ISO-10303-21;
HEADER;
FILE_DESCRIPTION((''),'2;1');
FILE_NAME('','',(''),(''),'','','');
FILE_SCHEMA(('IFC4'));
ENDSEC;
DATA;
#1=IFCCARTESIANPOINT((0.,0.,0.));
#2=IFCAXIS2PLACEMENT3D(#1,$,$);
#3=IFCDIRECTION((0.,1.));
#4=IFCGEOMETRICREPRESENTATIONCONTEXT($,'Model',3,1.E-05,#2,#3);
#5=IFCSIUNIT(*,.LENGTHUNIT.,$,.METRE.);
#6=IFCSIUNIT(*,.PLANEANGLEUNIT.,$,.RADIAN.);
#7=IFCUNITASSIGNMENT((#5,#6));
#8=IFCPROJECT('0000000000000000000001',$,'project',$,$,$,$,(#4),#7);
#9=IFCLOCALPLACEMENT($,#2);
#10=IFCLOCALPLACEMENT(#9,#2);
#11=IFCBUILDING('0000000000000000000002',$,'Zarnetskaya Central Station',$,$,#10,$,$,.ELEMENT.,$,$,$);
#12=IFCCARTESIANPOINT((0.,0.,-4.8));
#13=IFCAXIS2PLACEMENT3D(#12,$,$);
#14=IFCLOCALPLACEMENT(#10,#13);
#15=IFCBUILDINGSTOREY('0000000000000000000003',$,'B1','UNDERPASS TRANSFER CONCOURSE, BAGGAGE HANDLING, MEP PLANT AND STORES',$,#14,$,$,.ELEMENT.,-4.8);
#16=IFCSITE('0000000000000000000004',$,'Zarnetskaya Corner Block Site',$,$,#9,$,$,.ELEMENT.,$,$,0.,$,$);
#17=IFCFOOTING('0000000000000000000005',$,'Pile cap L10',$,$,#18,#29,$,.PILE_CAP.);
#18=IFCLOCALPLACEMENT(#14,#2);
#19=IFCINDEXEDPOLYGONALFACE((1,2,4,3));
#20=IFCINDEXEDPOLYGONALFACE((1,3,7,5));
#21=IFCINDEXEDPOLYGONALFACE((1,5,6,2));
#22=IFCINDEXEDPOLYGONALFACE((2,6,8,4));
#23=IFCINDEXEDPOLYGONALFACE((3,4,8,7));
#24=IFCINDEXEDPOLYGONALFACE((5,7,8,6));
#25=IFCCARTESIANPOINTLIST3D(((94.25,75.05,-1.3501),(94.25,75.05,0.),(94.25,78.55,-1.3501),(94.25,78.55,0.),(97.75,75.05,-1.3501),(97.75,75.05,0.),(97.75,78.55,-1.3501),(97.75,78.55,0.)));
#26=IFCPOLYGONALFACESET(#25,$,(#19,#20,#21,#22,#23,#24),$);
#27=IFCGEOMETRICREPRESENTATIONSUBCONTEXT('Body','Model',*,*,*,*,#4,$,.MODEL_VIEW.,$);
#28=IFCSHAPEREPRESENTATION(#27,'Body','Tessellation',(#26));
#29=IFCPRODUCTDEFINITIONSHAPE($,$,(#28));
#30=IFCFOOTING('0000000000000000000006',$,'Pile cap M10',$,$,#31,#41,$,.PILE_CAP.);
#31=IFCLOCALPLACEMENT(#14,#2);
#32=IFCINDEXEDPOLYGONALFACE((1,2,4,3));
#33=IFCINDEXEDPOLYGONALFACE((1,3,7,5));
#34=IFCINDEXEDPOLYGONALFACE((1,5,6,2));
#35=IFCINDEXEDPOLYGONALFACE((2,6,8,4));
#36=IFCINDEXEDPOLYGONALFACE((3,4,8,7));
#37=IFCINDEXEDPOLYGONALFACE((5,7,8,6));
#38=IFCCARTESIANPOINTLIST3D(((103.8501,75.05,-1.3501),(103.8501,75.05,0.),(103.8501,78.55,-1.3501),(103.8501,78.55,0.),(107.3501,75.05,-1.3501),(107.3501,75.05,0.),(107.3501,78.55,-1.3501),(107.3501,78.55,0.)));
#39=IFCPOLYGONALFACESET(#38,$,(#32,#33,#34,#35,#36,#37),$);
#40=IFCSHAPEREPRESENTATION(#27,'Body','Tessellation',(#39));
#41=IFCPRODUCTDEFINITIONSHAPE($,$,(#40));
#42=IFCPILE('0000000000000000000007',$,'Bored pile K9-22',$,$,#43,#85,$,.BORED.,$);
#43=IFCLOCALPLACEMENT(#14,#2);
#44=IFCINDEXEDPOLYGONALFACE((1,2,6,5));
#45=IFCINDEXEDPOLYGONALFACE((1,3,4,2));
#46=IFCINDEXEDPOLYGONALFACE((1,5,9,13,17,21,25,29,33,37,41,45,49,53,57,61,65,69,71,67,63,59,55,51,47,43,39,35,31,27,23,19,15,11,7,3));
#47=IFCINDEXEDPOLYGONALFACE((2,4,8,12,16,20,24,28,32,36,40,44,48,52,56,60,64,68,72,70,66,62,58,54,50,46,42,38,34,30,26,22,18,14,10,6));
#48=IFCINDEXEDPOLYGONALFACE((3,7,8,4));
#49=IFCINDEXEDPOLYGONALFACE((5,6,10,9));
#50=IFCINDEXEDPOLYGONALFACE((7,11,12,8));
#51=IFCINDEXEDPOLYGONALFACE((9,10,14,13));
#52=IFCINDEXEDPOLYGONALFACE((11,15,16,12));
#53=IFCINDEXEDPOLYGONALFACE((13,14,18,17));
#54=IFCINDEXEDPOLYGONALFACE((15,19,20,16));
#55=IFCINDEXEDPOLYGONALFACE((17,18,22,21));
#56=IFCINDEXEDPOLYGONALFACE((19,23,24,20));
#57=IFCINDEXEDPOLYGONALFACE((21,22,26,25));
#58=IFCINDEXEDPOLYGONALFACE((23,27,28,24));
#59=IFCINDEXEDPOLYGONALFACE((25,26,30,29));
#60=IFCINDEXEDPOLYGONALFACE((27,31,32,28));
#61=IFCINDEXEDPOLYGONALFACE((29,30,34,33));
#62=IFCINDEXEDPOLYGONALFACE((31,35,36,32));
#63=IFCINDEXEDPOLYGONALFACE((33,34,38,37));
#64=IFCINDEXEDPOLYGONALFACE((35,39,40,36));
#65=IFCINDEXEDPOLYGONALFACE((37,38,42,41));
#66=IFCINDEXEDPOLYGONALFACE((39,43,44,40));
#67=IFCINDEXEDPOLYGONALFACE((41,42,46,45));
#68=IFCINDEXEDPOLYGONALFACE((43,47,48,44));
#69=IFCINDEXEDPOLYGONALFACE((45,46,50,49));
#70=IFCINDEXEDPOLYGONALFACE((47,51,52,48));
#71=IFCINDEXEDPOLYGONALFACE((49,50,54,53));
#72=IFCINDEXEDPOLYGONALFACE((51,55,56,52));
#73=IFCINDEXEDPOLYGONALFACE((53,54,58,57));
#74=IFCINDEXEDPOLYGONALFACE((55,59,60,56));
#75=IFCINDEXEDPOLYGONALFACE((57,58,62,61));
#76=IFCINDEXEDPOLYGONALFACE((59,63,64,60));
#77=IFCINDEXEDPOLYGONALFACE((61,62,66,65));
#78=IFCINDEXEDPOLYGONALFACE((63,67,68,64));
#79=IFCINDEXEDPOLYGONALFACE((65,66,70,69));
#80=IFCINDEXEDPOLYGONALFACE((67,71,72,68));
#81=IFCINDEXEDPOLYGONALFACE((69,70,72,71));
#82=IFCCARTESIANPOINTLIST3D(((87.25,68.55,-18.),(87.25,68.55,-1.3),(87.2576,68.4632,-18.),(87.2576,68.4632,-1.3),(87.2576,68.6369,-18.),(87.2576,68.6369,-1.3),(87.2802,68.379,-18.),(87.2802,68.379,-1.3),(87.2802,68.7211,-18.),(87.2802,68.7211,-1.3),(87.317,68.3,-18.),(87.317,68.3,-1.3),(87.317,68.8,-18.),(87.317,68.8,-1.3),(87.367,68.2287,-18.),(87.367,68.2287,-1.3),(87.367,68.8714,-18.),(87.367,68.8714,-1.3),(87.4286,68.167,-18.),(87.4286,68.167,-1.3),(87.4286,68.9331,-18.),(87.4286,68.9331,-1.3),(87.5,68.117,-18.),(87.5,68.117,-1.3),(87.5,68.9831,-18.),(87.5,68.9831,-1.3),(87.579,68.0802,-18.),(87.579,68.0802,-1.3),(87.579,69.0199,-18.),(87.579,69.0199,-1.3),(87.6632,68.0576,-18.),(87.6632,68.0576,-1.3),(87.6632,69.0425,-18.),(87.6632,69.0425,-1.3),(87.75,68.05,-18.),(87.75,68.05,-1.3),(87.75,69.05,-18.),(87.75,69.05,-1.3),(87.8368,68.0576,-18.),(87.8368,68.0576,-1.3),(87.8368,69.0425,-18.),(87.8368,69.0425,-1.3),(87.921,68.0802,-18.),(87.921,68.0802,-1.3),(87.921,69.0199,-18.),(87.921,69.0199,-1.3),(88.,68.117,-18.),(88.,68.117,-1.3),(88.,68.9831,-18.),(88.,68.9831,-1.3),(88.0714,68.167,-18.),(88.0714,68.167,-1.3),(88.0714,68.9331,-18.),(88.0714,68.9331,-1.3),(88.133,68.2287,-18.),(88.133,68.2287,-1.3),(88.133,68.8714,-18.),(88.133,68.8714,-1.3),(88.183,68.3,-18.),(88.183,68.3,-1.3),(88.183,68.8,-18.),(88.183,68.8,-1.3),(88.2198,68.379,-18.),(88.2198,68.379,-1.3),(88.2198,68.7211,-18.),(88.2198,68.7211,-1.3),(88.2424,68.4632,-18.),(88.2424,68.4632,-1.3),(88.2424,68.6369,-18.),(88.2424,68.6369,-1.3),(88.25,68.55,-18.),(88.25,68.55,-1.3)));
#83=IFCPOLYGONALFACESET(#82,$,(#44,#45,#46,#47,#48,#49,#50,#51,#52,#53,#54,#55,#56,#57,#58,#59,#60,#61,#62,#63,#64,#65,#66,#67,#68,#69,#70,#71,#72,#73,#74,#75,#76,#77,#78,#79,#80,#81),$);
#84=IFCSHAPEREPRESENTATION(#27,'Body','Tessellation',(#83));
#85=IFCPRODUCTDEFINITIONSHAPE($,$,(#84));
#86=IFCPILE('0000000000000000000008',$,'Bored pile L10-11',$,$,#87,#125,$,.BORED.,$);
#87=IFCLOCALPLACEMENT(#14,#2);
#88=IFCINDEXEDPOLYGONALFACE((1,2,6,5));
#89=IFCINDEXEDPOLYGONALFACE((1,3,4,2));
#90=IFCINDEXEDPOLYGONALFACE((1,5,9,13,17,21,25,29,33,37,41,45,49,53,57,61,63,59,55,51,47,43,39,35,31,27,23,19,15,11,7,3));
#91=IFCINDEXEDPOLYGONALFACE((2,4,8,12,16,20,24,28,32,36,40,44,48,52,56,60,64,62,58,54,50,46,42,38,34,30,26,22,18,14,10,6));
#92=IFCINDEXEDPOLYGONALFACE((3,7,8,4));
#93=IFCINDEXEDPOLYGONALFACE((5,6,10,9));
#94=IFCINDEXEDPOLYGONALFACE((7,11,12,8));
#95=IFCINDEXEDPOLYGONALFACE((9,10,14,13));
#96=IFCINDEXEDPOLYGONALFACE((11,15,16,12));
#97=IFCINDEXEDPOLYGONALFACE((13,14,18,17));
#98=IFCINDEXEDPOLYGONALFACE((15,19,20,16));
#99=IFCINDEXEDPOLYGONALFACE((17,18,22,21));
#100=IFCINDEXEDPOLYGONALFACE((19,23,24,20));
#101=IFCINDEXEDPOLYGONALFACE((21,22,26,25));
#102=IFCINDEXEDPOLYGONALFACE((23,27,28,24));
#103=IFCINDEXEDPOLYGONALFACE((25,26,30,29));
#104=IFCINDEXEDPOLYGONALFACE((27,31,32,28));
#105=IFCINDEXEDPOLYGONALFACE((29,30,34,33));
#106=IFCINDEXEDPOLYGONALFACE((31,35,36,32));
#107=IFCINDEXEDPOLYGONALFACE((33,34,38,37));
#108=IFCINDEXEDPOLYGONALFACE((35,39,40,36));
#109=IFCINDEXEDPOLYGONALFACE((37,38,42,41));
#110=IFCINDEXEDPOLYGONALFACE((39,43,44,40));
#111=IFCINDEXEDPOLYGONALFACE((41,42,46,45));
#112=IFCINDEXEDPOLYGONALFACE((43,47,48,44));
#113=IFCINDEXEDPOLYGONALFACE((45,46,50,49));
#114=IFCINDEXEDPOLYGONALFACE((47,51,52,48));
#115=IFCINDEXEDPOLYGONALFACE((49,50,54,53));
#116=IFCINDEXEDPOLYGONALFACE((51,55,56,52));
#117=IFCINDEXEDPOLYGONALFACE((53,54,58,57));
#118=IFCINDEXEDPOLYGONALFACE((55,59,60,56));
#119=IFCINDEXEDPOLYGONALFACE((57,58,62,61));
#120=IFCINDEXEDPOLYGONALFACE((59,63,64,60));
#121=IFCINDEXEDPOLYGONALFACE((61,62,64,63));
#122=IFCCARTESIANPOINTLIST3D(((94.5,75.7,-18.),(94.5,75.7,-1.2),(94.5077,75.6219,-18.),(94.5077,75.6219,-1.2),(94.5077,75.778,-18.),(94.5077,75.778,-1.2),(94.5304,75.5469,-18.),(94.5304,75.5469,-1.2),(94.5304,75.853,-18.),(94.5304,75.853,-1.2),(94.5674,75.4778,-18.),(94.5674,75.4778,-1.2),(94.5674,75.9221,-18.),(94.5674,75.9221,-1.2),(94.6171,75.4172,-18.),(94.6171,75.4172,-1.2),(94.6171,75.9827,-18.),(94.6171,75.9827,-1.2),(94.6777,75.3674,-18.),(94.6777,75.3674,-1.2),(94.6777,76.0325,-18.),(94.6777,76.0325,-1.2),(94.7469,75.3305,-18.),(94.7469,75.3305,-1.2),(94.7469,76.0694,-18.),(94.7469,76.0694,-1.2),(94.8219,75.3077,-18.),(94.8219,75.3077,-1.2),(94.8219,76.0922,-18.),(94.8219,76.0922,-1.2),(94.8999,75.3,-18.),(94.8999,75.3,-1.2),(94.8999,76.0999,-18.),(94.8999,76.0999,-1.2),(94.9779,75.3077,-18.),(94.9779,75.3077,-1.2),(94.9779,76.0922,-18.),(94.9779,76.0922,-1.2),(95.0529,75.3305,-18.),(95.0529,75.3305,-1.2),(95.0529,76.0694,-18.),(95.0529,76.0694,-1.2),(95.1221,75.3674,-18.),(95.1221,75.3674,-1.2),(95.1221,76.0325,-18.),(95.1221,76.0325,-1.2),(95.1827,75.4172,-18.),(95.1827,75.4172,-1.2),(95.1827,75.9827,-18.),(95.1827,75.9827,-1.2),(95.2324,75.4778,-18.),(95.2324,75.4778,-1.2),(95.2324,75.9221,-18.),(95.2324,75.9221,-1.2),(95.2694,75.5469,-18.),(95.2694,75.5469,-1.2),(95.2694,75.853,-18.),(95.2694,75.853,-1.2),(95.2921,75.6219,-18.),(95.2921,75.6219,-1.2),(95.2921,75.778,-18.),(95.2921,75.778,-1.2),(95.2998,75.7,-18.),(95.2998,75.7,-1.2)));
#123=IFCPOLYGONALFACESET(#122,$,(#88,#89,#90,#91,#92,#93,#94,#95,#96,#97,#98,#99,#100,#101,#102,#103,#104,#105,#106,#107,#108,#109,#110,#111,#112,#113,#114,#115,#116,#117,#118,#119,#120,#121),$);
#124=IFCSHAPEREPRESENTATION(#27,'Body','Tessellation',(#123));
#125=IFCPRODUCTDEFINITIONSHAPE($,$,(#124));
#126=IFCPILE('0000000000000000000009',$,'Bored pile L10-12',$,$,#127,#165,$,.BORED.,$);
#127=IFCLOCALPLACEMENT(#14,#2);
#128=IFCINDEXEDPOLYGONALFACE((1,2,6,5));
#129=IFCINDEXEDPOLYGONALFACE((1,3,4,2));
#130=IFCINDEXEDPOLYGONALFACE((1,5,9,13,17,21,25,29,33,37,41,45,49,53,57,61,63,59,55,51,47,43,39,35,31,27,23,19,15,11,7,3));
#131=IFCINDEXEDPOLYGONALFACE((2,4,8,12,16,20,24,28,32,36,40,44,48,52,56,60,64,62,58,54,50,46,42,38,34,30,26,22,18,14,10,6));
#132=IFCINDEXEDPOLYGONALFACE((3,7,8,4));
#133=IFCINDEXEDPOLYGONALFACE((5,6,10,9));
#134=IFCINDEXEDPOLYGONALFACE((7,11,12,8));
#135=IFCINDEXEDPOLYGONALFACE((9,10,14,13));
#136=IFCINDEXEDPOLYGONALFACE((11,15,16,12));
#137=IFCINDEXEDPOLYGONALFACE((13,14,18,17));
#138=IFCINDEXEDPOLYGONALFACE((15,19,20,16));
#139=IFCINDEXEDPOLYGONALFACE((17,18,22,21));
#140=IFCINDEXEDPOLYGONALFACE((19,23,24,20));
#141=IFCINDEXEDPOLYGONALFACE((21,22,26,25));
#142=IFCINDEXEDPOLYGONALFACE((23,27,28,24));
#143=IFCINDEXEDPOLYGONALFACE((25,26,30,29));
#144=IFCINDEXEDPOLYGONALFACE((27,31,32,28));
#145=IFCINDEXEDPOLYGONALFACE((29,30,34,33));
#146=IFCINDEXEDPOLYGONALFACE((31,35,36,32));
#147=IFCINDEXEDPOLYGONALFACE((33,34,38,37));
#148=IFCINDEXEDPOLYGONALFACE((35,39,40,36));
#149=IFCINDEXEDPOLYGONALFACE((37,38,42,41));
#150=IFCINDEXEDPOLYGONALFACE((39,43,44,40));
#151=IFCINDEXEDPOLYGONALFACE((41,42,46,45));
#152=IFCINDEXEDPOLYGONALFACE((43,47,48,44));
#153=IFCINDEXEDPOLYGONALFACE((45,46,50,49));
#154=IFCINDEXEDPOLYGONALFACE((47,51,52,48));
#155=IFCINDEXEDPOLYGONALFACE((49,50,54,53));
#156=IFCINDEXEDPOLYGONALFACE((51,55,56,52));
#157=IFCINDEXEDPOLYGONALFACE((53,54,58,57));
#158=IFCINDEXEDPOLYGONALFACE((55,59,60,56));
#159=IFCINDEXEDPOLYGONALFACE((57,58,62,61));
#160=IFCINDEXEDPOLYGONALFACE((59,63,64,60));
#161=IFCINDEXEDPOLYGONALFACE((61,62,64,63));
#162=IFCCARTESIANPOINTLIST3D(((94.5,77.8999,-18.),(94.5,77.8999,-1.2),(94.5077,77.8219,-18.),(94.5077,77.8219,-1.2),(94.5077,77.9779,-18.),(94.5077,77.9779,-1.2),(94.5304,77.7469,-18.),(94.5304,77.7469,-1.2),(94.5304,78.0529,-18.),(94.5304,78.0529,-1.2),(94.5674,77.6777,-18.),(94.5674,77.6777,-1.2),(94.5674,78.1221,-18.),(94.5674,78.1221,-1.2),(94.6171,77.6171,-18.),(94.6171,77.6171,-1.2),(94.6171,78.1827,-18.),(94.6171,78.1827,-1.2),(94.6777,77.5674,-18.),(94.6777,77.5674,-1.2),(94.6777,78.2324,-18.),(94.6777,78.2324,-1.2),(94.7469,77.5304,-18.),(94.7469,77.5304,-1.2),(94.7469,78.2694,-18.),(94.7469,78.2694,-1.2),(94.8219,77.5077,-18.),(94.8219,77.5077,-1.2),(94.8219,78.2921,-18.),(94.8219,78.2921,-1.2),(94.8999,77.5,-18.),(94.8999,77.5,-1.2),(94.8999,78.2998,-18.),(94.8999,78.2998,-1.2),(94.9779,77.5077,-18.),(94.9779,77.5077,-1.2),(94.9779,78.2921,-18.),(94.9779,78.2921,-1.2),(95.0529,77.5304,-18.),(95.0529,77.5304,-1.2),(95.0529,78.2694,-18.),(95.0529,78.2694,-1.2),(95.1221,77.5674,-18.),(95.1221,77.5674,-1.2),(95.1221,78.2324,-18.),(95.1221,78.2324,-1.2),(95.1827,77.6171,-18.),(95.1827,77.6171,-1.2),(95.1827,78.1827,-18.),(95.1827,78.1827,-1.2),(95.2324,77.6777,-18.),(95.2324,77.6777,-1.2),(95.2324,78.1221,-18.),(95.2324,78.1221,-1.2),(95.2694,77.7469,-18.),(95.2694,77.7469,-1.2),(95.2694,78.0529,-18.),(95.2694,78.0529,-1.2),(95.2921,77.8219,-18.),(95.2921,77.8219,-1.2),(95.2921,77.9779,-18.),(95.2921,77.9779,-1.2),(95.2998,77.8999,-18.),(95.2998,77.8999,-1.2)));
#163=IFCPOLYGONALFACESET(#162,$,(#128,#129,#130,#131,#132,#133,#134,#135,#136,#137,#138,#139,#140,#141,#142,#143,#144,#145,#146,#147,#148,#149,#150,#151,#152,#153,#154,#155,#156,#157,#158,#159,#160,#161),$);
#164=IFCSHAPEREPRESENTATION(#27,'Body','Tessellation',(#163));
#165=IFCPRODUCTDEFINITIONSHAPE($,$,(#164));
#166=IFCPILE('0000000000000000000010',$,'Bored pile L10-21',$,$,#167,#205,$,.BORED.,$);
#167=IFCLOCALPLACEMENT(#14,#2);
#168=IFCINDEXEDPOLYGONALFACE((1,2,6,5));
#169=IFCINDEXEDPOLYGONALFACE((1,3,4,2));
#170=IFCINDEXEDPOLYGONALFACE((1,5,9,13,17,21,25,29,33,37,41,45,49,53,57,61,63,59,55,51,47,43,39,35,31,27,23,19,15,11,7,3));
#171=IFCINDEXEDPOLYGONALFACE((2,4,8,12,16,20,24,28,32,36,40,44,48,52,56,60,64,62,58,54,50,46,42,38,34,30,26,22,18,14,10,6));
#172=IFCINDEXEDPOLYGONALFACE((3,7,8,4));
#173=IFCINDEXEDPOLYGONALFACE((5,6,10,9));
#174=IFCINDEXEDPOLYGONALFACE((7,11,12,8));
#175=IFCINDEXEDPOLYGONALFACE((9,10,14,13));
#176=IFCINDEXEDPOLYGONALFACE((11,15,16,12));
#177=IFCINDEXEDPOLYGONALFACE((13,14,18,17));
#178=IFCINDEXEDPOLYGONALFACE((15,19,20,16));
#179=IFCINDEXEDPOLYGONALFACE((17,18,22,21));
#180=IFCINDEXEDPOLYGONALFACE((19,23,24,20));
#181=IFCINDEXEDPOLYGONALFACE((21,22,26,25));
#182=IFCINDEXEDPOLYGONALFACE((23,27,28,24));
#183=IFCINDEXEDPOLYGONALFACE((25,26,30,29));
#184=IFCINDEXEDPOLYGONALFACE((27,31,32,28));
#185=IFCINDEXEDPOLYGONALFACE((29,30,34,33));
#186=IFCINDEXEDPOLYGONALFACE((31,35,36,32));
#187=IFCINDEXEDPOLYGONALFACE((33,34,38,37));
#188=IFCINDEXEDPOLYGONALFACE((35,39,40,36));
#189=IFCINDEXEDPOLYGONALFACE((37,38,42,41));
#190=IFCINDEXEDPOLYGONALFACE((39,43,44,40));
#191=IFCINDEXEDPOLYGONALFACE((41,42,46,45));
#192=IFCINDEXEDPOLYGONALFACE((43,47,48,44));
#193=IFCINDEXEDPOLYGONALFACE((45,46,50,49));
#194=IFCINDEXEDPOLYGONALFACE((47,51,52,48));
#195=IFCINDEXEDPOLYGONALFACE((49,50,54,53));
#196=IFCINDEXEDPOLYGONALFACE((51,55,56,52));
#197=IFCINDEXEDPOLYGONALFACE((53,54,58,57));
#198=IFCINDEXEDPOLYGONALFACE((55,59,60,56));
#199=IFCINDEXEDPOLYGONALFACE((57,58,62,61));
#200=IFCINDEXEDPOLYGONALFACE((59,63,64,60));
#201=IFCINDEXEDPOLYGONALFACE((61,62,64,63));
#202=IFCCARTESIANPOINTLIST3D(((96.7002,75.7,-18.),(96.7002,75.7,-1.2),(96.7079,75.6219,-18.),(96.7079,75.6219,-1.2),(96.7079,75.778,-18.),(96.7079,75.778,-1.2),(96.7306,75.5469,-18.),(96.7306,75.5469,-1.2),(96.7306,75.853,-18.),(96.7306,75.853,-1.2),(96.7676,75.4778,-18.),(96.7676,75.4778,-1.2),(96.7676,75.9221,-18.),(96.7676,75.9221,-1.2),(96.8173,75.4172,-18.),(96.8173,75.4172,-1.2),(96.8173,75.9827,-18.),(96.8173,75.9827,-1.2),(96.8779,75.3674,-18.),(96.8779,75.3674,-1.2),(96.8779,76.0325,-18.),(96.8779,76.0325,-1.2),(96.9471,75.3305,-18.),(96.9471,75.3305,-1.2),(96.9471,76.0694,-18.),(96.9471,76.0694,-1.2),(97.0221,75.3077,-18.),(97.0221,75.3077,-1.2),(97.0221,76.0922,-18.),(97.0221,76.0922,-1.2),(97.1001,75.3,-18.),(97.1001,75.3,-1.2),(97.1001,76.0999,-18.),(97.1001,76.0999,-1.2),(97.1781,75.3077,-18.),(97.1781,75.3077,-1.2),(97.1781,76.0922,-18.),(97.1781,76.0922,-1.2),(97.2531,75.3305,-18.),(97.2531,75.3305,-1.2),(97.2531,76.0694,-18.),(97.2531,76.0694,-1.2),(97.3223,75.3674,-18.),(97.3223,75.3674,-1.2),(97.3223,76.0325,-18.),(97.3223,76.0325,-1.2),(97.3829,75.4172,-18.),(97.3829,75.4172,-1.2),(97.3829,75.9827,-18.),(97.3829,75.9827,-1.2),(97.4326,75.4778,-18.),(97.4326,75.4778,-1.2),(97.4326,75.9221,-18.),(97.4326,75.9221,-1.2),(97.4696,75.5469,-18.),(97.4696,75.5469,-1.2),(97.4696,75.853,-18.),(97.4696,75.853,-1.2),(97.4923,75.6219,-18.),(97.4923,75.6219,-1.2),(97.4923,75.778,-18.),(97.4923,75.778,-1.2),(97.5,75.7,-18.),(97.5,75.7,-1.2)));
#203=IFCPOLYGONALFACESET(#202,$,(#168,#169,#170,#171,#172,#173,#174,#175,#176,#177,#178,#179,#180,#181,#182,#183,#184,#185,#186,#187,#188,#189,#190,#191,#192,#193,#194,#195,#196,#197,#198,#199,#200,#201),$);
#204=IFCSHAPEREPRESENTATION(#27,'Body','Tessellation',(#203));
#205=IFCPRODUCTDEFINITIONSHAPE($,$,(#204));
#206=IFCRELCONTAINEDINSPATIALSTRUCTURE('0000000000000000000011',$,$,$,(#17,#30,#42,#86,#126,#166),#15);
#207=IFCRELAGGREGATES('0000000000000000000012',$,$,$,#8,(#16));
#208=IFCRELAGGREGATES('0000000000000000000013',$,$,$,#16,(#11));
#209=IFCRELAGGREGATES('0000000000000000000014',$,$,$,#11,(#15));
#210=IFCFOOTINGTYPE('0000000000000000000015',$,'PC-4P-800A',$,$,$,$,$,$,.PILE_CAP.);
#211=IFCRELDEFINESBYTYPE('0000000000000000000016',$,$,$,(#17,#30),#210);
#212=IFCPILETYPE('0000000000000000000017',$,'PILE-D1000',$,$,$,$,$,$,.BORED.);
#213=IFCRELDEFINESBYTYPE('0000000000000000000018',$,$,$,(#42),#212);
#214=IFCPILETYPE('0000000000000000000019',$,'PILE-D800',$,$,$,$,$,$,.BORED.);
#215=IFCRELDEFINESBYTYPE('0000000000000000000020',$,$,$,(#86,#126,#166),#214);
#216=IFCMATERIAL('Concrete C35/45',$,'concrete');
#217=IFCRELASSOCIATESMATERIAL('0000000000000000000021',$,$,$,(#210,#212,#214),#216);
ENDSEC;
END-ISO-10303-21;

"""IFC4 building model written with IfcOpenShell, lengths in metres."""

from ifc_helpers import new_model, si_unit, direction, frame, origin, origin_2d, place, context, subcontext, project, spatial, rectangle, circle, extrude, material, material_profile, profile_set, type_object, element, save


model = new_model("IFC4")

# Units and contexts
model_context = context("Model", 3, precision=1e-05, world=origin(), true_north=direction((0.0, 1.0)))
body_context = subcontext(model_context, "Body", "Model", "MODEL_VIEW")
ifc_project = project(units=[si_unit("LENGTHUNIT", "METRE"), si_unit("PLANEANGLEUNIT", "RADIAN")], contexts=[model_context])

# Site, building, storey
site_placement = place(None, origin())
site = spatial("IfcSite", under=ifc_project, at=site_placement, Name="Zarnetskaya Corner Block Site", CompositionType="ELEMENT", RefElevation=0.0)
building_placement = place(site_placement, origin())
building = spatial("IfcBuilding", under=site, at=building_placement, Name="Zarnetskaya Central Station", CompositionType="ELEMENT")
storey_placement = place(building_placement, frame((0.0, 0.0, -4.8)))
storey = spatial("IfcBuildingStorey", under=building, at=storey_placement, Name="B1", Description="UNDERPASS TRANSFER CONCOURSE, BAGGAGE HANDLING, MEP PLANT AND STORES", CompositionType="ELEMENT", Elevation=-4.8)

# Footings
ifc_material_1 = material(Name="Concrete C35/45", Category="concrete")
footing_type = type_object("IfcFootingType", Name="PC-4P-800A", PredefinedType="PILE_CAP", material=ifc_material_1)
for number, where, z_axis, x_axis, name in (
    (1, (96.0, 76.8, -1.3501), (0.0, 0.0, 1.0), (1.0, 0.0, 0.0), "Pile cap L10"),
    (2, (105.6001, 76.8, -1.3501), (0.0, 0.0, 1.0), (1.0, 0.0, 0.0), "Pile cap M10"),
):
    element("IfcFooting", number, at=place(storey_placement, frame(where, z_axis=z_axis, x_axis=x_axis)), inside=storey, type_object=footing_type, Name=name, PredefinedType="PILE_CAP", context=body_context, shape_type="SweptSolid", body=[
        extrude(rectangle(XDim=3.5, YDim=3.5, at=origin_2d()), origin(), (0.0, 0.0, 1.0), 1.3501),
    ])

# Piles
ifc_material_profile_1 = material_profile(ifc_material_1, circle(Radius=0.5, at=origin_2d()), Name="BORED PILE D1000")
ifc_profile_set_1 = profile_set([ifc_material_profile_1], Name="Concrete C35/45")
pile_type_1 = type_object("IfcPileType", Name="PILE-D1000", PredefinedType="BORED", material=ifc_profile_set_1)
pile_placement = place(storey_placement, frame((87.75, 68.55, -1.3), z_axis=(0.0, 0.0, -1.0), x_axis=(1.0, 0.0, 0.0)))
element("IfcPile", 3, at=pile_placement, inside=storey, type_object=pile_type_1, Name="Bored pile K9-22", PredefinedType="BORED", context=body_context, shape_type="SweptSolid", body=[
    extrude(circle(Radius=0.5, at=origin_2d()), origin(), (0.0, 0.0, 1.0), 16.7),
])
ifc_material_profile_2 = material_profile(ifc_material_1, circle(Radius=0.3999, at=origin_2d()), Name="BORED PILE D800")
ifc_profile_set_2 = profile_set([ifc_material_profile_2], Name="Concrete C35/45")
pile_type_2 = type_object("IfcPileType", Name="PILE-D800", PredefinedType="BORED", material=ifc_profile_set_2)
for number, where, z_axis, x_axis, name in (
    (4, (94.8999, 75.7, -1.2), (0.0, 0.0, -1.0), (1.0, 0.0, 0.0), "Bored pile L10-11"),
    (5, (94.8999, 77.8999, -1.2), (0.0, 0.0, -1.0), (1.0, 0.0, 0.0), "Bored pile L10-12"),
    (6, (97.1001, 75.7, -1.2), (0.0, 0.0, -1.0), (1.0, 0.0, 0.0), "Bored pile L10-21"),
):
    element("IfcPile", number, at=place(storey_placement, frame(where, z_axis=z_axis, x_axis=x_axis)), inside=storey, type_object=pile_type_2, Name=name, PredefinedType="BORED", context=body_context, shape_type="SweptSolid", body=[
        extrude(circle(Radius=0.3999, at=origin_2d()), origin(), (0.0, 0.0, 1.0), 16.8),
    ])

save(model, "model.ifc")
